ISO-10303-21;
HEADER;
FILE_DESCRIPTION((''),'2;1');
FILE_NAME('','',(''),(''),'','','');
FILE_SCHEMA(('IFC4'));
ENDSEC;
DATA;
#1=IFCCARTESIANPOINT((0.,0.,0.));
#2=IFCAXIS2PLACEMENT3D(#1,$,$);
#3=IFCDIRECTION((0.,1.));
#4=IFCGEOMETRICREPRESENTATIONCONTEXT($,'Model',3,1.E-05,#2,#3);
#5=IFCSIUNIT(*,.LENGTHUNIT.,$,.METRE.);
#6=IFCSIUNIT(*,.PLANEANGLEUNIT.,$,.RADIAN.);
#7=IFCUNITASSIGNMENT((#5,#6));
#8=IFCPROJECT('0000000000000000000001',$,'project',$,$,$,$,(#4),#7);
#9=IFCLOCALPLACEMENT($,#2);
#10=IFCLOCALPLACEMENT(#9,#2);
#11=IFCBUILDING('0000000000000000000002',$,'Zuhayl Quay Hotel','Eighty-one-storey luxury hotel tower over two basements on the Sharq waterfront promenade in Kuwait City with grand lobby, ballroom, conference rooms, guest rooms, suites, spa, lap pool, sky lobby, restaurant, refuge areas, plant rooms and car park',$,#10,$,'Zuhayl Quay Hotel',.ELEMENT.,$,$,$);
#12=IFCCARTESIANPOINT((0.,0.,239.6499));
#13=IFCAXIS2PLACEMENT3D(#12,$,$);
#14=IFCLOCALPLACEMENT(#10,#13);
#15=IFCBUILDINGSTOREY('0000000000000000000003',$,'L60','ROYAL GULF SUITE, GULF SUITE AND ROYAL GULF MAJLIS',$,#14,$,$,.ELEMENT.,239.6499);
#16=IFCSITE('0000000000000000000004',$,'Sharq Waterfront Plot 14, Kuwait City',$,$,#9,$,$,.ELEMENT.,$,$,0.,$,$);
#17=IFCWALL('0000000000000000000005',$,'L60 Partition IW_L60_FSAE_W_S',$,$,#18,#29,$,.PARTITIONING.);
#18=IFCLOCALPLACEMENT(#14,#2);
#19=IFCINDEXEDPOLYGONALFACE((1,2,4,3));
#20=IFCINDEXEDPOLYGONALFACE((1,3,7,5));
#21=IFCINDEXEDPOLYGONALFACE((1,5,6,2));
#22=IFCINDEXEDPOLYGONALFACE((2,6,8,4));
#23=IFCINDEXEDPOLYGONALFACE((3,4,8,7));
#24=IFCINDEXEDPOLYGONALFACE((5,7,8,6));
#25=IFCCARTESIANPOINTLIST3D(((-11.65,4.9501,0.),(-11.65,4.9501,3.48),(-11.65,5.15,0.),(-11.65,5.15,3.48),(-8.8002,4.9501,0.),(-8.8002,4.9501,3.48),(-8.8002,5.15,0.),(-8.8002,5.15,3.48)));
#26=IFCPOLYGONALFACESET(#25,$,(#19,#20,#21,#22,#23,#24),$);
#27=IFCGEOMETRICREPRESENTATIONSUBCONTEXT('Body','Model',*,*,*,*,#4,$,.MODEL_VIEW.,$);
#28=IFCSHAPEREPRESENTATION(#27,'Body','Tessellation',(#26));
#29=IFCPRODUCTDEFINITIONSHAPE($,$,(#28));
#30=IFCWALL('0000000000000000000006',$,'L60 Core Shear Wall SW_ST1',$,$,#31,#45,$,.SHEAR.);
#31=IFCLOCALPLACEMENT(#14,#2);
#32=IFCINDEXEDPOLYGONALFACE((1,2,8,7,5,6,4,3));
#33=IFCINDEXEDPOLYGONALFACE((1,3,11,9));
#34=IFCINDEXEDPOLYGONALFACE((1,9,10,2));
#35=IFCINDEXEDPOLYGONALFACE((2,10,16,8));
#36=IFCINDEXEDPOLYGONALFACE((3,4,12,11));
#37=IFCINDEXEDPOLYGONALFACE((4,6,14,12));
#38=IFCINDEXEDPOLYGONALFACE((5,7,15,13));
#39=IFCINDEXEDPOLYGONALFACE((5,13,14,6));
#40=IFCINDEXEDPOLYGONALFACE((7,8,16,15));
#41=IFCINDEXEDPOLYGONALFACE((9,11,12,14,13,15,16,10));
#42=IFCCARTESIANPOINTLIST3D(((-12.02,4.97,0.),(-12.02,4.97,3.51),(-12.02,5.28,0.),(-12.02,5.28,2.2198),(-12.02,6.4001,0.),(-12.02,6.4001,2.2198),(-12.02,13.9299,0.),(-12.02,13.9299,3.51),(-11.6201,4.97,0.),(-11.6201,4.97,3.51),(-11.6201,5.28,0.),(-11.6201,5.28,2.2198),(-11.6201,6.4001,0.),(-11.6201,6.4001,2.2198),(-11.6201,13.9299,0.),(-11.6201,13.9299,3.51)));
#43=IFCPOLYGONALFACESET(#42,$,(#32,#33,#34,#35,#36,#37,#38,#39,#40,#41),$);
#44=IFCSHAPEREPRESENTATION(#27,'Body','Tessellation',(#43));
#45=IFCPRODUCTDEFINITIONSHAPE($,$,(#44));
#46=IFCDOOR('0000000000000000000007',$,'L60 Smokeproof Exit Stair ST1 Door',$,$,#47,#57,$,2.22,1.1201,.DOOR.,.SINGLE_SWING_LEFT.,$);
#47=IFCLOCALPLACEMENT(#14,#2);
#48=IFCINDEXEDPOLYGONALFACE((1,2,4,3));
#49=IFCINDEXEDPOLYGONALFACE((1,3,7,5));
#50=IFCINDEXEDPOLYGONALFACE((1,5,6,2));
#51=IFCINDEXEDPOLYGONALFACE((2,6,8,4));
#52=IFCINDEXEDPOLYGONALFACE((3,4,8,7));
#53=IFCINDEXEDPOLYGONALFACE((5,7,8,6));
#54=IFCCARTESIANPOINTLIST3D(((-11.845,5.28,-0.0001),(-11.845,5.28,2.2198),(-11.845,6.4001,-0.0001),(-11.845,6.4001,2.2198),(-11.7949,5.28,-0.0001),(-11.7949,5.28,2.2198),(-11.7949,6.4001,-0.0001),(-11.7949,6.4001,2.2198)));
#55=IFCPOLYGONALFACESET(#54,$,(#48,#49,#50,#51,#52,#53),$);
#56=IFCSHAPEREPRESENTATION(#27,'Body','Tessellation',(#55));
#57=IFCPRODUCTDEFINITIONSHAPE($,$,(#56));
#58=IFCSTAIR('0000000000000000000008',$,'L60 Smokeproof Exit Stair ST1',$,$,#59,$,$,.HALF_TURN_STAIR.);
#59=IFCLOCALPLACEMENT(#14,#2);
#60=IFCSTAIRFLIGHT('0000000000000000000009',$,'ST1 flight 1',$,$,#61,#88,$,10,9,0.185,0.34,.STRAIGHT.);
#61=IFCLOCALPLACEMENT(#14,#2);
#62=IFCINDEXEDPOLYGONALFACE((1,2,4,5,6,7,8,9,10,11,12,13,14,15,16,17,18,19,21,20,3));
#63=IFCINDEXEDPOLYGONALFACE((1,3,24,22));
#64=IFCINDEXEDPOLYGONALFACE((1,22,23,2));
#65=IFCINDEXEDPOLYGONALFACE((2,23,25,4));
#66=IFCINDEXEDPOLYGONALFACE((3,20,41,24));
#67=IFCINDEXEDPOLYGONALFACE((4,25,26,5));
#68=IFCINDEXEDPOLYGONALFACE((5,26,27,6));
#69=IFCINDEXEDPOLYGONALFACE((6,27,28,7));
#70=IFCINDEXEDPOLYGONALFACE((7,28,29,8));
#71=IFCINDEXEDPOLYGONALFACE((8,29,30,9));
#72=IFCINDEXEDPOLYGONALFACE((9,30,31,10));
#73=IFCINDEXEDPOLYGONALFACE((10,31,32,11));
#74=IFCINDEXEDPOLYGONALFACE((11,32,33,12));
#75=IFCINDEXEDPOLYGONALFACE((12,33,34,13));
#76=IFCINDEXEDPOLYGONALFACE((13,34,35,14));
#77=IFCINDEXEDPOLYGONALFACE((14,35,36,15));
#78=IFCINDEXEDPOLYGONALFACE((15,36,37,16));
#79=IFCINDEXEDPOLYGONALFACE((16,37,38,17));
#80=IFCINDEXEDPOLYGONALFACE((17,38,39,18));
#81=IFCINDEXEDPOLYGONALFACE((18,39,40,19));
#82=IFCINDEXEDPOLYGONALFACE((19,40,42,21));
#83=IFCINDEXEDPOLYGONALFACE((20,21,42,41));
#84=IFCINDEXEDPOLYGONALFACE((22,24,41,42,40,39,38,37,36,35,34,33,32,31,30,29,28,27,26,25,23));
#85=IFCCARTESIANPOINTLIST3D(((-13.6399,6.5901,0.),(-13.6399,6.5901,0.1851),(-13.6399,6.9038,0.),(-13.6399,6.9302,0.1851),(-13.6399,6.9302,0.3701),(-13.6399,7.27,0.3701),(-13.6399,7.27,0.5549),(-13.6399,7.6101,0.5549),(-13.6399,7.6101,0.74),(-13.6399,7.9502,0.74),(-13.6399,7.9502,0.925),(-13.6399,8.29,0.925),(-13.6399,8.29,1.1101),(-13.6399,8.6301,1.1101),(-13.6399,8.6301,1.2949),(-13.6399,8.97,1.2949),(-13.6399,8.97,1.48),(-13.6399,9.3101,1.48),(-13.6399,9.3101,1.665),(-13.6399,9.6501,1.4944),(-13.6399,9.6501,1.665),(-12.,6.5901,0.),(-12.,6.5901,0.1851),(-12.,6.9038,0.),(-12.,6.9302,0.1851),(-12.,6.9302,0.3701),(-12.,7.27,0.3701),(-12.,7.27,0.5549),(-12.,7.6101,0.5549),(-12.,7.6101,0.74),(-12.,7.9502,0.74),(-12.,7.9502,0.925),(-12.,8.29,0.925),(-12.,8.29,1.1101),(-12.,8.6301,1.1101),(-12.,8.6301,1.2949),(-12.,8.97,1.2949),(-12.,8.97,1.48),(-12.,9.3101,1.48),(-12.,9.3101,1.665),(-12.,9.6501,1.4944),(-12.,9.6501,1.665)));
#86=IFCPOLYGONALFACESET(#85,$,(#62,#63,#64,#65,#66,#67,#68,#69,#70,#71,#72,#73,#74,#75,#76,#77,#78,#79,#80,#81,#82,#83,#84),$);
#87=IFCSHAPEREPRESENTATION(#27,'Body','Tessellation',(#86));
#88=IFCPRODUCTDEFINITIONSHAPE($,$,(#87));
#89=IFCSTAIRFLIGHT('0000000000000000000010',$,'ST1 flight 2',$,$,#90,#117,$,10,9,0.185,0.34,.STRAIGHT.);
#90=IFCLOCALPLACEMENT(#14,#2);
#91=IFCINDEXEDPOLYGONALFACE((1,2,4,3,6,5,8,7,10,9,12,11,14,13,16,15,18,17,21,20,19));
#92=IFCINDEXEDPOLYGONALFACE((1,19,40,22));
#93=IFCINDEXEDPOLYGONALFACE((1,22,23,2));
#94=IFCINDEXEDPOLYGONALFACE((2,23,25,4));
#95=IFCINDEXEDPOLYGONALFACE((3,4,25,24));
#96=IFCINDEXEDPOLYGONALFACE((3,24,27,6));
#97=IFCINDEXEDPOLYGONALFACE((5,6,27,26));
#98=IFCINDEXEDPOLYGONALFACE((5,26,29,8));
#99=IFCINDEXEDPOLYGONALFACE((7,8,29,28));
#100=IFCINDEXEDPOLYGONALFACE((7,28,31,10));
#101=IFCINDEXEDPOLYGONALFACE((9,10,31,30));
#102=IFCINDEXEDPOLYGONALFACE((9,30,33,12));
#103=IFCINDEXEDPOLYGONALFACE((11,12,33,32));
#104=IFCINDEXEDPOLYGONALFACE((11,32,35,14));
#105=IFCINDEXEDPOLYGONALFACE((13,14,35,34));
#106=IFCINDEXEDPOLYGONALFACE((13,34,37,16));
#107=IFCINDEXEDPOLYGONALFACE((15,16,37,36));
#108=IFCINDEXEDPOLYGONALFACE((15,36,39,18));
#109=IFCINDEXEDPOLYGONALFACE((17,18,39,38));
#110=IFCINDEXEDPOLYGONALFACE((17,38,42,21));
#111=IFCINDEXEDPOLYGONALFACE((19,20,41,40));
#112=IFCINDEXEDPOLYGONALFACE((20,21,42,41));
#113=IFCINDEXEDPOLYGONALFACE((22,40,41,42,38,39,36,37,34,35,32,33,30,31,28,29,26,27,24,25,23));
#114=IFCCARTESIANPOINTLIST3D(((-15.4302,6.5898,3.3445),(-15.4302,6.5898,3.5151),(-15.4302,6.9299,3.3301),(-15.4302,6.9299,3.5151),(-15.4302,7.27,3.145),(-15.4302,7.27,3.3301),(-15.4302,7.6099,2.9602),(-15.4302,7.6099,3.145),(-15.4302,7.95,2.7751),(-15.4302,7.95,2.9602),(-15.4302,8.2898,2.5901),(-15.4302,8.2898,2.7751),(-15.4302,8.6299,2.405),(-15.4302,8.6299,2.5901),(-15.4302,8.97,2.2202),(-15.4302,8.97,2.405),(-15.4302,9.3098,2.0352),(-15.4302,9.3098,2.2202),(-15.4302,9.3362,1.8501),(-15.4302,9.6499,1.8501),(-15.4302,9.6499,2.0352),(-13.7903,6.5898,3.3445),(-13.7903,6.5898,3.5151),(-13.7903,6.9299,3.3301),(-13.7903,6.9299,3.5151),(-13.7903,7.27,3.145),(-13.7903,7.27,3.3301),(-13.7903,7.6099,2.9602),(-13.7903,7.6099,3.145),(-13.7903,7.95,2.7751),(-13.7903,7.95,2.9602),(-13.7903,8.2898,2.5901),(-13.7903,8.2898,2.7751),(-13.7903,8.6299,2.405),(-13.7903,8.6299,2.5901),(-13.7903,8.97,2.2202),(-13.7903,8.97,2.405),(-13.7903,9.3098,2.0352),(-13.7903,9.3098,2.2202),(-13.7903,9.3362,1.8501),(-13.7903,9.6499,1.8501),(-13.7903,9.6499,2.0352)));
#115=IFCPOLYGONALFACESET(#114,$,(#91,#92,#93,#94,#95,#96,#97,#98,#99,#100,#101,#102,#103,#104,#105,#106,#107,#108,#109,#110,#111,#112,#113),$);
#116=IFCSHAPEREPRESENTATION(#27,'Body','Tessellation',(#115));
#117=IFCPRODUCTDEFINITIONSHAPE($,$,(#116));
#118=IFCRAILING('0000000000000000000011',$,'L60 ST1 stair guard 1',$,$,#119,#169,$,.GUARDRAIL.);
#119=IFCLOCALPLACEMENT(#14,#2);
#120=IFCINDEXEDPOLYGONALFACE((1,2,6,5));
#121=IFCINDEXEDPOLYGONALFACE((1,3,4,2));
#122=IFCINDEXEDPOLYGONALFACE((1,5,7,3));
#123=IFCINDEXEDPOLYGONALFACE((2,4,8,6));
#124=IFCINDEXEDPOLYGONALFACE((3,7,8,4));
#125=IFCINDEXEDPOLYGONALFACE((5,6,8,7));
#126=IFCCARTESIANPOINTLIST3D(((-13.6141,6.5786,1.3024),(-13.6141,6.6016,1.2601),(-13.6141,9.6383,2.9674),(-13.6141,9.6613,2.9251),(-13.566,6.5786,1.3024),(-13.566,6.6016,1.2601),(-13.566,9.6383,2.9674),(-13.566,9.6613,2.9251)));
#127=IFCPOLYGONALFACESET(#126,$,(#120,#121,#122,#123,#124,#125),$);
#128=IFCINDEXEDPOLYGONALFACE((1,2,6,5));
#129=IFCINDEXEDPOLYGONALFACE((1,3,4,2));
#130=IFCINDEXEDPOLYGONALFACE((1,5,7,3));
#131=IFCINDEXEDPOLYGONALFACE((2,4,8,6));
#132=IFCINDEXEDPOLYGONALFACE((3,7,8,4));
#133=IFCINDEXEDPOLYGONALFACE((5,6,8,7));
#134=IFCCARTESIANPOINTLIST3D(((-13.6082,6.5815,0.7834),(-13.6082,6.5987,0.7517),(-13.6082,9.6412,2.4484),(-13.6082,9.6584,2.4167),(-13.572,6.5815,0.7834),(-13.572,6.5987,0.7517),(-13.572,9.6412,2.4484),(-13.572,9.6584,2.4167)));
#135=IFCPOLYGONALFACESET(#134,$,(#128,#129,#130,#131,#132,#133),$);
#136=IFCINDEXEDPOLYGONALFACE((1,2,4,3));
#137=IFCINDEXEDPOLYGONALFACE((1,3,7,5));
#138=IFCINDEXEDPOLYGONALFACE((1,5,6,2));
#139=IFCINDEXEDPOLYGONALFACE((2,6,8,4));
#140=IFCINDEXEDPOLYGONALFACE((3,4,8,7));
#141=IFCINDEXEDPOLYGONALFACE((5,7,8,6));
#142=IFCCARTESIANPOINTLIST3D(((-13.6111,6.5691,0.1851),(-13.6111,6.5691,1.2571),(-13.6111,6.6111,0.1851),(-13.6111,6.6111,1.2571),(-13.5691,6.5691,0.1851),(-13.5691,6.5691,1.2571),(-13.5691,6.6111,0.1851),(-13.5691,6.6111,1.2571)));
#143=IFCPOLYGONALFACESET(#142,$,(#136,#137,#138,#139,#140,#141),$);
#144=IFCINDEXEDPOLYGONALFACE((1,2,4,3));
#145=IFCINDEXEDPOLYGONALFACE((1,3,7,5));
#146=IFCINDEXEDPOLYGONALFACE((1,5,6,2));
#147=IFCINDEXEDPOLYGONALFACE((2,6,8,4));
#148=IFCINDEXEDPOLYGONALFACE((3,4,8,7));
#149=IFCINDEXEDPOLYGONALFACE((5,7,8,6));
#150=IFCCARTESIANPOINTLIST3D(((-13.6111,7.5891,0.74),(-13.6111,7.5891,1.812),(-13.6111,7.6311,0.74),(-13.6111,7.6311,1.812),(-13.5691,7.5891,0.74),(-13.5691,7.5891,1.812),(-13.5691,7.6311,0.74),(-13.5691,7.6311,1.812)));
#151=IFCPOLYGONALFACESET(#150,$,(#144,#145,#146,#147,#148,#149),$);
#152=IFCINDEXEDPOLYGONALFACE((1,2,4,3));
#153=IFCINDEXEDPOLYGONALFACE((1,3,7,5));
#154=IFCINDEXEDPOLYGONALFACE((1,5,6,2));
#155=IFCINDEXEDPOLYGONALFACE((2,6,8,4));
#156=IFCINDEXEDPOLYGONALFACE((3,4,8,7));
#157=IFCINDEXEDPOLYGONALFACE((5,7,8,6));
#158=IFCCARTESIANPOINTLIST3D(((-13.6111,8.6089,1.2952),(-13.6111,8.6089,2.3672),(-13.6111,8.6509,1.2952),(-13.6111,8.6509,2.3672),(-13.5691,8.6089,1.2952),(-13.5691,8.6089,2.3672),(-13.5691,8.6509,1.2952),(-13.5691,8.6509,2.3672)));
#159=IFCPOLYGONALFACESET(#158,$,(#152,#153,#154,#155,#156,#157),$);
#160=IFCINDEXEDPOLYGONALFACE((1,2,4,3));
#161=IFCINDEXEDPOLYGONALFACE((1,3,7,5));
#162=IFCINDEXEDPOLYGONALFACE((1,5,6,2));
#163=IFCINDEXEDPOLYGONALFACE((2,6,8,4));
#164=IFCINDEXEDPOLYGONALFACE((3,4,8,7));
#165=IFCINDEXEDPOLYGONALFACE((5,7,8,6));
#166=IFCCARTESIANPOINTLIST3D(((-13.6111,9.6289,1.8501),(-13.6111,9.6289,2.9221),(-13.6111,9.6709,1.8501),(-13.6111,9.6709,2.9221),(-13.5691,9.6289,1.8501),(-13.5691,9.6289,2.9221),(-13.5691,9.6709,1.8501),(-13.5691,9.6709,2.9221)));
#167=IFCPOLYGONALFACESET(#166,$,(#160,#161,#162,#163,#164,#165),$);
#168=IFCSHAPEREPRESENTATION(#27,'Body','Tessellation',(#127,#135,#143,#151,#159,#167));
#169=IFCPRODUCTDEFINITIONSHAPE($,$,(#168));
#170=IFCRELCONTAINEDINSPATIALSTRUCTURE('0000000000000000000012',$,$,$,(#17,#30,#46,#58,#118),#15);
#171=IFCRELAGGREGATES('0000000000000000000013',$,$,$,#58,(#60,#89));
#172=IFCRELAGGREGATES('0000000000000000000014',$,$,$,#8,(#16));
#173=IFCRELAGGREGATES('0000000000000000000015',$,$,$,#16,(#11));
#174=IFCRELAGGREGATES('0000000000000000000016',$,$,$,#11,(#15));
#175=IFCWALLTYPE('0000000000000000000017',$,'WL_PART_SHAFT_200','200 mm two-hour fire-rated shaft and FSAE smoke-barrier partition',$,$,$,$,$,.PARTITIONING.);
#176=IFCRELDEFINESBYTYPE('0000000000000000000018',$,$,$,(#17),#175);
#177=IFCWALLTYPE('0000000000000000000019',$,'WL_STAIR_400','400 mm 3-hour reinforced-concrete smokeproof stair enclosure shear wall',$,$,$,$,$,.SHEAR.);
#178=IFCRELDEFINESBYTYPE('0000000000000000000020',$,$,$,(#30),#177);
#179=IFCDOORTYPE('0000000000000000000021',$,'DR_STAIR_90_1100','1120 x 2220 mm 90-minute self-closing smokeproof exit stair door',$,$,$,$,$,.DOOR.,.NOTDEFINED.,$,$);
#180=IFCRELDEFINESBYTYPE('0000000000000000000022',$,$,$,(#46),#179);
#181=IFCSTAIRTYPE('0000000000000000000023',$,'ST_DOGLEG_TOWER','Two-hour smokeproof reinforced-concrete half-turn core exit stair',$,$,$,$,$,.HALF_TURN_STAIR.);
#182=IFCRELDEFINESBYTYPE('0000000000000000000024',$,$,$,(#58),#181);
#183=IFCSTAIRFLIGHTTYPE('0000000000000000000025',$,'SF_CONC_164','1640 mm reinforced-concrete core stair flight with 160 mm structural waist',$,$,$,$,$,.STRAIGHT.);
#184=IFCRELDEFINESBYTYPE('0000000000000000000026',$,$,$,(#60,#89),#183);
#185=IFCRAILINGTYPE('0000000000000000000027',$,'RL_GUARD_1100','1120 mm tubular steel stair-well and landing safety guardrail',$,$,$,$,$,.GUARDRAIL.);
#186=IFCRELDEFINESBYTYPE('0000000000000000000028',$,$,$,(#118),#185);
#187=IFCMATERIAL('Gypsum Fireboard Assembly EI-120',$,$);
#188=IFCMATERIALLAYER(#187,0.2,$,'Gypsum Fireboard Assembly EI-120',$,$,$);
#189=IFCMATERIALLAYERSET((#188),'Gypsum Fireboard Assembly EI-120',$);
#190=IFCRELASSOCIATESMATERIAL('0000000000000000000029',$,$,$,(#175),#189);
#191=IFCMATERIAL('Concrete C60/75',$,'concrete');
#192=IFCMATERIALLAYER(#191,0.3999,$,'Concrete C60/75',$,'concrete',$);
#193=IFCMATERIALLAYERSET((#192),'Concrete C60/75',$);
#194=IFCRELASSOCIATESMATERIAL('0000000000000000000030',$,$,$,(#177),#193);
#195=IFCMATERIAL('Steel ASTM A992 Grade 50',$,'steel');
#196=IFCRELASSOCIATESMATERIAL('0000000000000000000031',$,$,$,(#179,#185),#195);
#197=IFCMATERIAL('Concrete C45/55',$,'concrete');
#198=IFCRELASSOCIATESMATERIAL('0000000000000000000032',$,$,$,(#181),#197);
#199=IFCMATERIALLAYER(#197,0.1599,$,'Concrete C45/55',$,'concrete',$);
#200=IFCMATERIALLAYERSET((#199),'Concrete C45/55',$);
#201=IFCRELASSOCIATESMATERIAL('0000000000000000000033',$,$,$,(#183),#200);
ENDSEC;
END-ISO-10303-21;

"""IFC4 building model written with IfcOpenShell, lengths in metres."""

from ifc_helpers import new_model, si_unit, direction, frame, frame_2d, origin, origin_2d, place, context, subcontext, project, spatial, polyline, rectangle, outline, extrude, material, layer, layer_set, type_object, element, fill, aggregate, save


model = new_model("IFC4")

# Units and contexts
model_context = context("Model", 3, precision=1e-05, world=origin(), true_north=direction((0.0, 1.0)))
body_context = subcontext(model_context, "Body", "Model", "MODEL_VIEW")
ifc_project = project(units=[si_unit("LENGTHUNIT", "METRE"), si_unit("PLANEANGLEUNIT", "RADIAN")], contexts=[model_context])

# Site, building, storey
site_placement = place(None, origin())
site = spatial("IfcSite", under=ifc_project, at=site_placement, Name="Sharq Waterfront Plot 14, Kuwait City", CompositionType="ELEMENT", RefElevation=0.0)
building_placement = place(site_placement, origin())
building = spatial("IfcBuilding", under=site, at=building_placement, Name="Zuhayl Quay Hotel", Description="Eighty-one-storey luxury hotel tower over two basements on the Sharq waterfront promenade in Kuwait City with grand lobby, ballroom, conference rooms, guest rooms, suites, spa, lap pool, sky lobby, restaurant, refuge areas, plant rooms and car park", LongName="Zuhayl Quay Hotel", CompositionType="ELEMENT")
storey_placement = place(building_placement, frame((0.0, 0.0, 239.6499)))
storey = spatial("IfcBuildingStorey", under=building, at=storey_placement, Name="L60", Description="ROYAL GULF SUITE, GULF SUITE AND ROYAL GULF MAJLIS", CompositionType="ELEMENT", Elevation=239.6499)

# Wall
ifc_material_1 = material(Name="Gypsum Fireboard Assembly EI-120")
ifc_layer_1 = layer(ifc_material_1, 0.2, Name="Gypsum Fireboard Assembly EI-120")
ifc_layer_set_1 = layer_set([ifc_layer_1], Name="Gypsum Fireboard Assembly EI-120")
wall_type_1 = type_object("IfcWallType", Name="WL_PART_SHAFT_200", Description="200 mm two-hour fire-rated shaft and FSAE smoke-barrier partition", PredefinedType="PARTITIONING", material=ifc_layer_set_1)
wall_1_placement = place(storey_placement, frame((-11.6499, 5.05, 0.0), z_axis=(0.0, 0.0, 1.0), x_axis=(1.0, 0.0, 0.0)))
element("IfcWall", 1, at=wall_1_placement, inside=storey, type_object=wall_type_1, Name="L60 Partition IW_L60_FSAE_W_S", PredefinedType="PARTITIONING", context=body_context, shape_type="SweptSolid", body=[
    extrude(rectangle(XDim=2.8499, YDim=0.2, at=frame_2d((1.4248, 0.0))), origin(), (0.0, 0.0, 1.0), 3.48),
])

# Wall, opening, door
ifc_material_2 = material(Name="Concrete C60/75", Category="concrete")
ifc_layer_2 = layer(ifc_material_2, 0.3999, Name="Concrete C60/75", Category="concrete")
ifc_layer_set_2 = layer_set([ifc_layer_2], Name="Concrete C60/75")
wall_type_2 = type_object("IfcWallType", Name="WL_STAIR_400", Description="400 mm 3-hour reinforced-concrete smokeproof stair enclosure shear wall", PredefinedType="SHEAR", material=ifc_layer_set_2)
wall_2_placement = place(storey_placement, frame((-11.8201, 4.97, 0.0), z_axis=(0.0, 0.0, 1.0), x_axis=(0.0, 1.0, 0.0)))
wall_2 = element("IfcWall", 2, at=wall_2_placement, inside=storey, type_object=wall_type_2, Name="L60 Core Shear Wall SW_ST1", PredefinedType="SHEAR", context=body_context, shape_type="SweptSolid", body=[
    extrude(rectangle(XDim=8.96, YDim=0.3999, at=frame_2d((4.48, 0.0))), origin(), (0.0, 0.0, 1.0), 3.51),
])
opening_1_placement = place(wall_2_placement, frame((0.3101, 0.0, 0.0)))
opening_1 = element("IfcOpeningElement", 3, at=opening_1_placement, cuts=wall_2, PredefinedType="OPENING", context=body_context, shape_type="SweptSolid", body=[
    extrude(rectangle(XDim=1.1201, YDim=2.22, at=frame_2d((0.5601, 1.1099))), frame((0.0, 0.21, 0.0), z_axis=(0.0, -1.0, 0.0), x_axis=(1.0, 0.0, 0.0)), (0.0, 0.0, 1.0), 0.4199),
])
ifc_material_3 = material(Name="Steel ASTM A992 Grade 50", Category="steel")
door_type_1 = type_object("IfcDoorType", Name="DR_STAIR_90_1100", Description="1120 x 2220 mm 90-minute self-closing smokeproof exit stair door", OperationType="NOTDEFINED", PredefinedType="DOOR", material=ifc_material_3)
door_1_placement = place(opening_1_placement, origin())
door_1 = element("IfcDoor", 4, at=door_1_placement, inside=storey, type_object=door_type_1, Name="L60 Smokeproof Exit Stair ST1 Door", OperationType="SINGLE_SWING_LEFT", OverallHeight=2.22, OverallWidth=1.1201, PredefinedType="DOOR", context=body_context, shape_type="SweptSolid", body=[
    extrude(rectangle(XDim=1.1201, YDim=2.22, at=frame_2d((0.5601, 1.1099))), frame((0.0, 0.0249, 0.0), z_axis=(0.0, -1.0, 0.0), x_axis=(1.0, 0.0, 0.0)), (0.0, 0.0, 1.0), 0.05),
])
fill(opening_1, door_1)

# Stair, stair flights
ifc_material_4 = material(Name="Concrete C45/55", Category="concrete")
stair_type = type_object("IfcStairType", Name="ST_DOGLEG_TOWER", Description="Two-hour smokeproof reinforced-concrete half-turn core exit stair", PredefinedType="HALF_TURN_STAIR", material=ifc_material_4)
stair_placement = place(storey_placement, origin())
stair = element("IfcStair", 5, at=stair_placement, inside=storey, type_object=stair_type, Name="L60 Smokeproof Exit Stair ST1", PredefinedType="HALF_TURN_STAIR")
ifc_layer_3 = layer(ifc_material_4, 0.1599, Name="Concrete C45/55", Category="concrete")
ifc_layer_set_3 = layer_set([ifc_layer_3], Name="Concrete C45/55")
stair_flight_type = type_object("IfcStairFlightType", Name="SF_CONC_164", Description="1640 mm reinforced-concrete core stair flight with 160 mm structural waist", PredefinedType="STRAIGHT", material=ifc_layer_set_3)
stair_flight_1_placement = place(storey_placement, frame((-12.8201, 6.5901, 0.0), z_axis=(0.0, 0.0, 1.0), x_axis=(0.0, 1.0, 0.0)))
stair_flight_1 = element("IfcStairFlight", 6, at=stair_flight_1_placement, type_object=stair_flight_type, Name="ST1 flight 1", NumberOfRisers=10, NumberOfTreads=9, PredefinedType="STRAIGHT", RiserHeight=0.185, TreadLength=0.34, context=body_context, shape_type="SweptSolid", body=[
    extrude(outline(polyline([(0.0, 0.0), (0.0, 0.1851), (0.3401, 0.1851), (0.3401, 0.3701), (0.6799, 0.3701), (0.6799, 0.5549), (1.02, 0.5549), (1.02, 0.74), (1.3601, 0.74), (1.3601, 0.925), (1.7, 0.925), (1.7, 1.1101), (2.04, 1.1101), (2.04, 1.2949), (2.3799, 1.2949), (2.3799, 1.48), (2.72, 1.48), (2.72, 1.665), (3.0601, 1.665), (3.0601, 1.8501), (3.0601, 1.4944), (0.3137, 0.0), (0.0, 0.0)])), frame((0.0, 0.8198, 0.0), z_axis=(0.0, -1.0, 0.0), x_axis=(1.0, 0.0, 0.0)), (0.0, 0.0, 1.0), 1.6399),
])
stair_flight_2_placement = place(storey_placement, frame((-14.6101, 9.6499, 1.8501), z_axis=(0.0, 0.0, 1.0), x_axis=(0.0, -1.0, 0.0)))
stair_flight_2 = element("IfcStairFlight", 7, at=stair_flight_2_placement, type_object=stair_flight_type, Name="ST1 flight 2", NumberOfRisers=10, NumberOfTreads=9, PredefinedType="STRAIGHT", RiserHeight=0.185, TreadLength=0.34, context=body_context, shape_type="SweptSolid", body=[
    extrude(outline(polyline([(0.0, 0.0), (0.0, 0.1851), (0.3401, 0.1851), (0.3401, 0.3701), (0.6799, 0.3701), (0.6799, 0.5549), (1.02, 0.5549), (1.02, 0.74), (1.3601, 0.74), (1.3601, 0.925), (1.7, 0.925), (1.7, 1.1101), (2.04, 1.1101), (2.04, 1.2949), (2.3799, 1.2949), (2.3799, 1.48), (2.72, 1.48), (2.72, 1.665), (3.0601, 1.665), (3.0601, 1.8501), (3.0601, 1.4944), (0.3137, 0.0), (0.0, 0.0)])), frame((0.0, 0.8198, 0.0), z_axis=(0.0, -1.0, 0.0), x_axis=(1.0, 0.0, 0.0)), (0.0, 0.0, 1.0), 1.6399),
])
aggregate(stair, [stair_flight_1, stair_flight_2])

# Railing
railing_type_1 = type_object("IfcRailingType", Name="RL_GUARD_1100", Description="1120 mm tubular steel stair-well and landing safety guardrail", PredefinedType="GUARDRAIL", material=ifc_material_3)
railing_1_placement = place(storey_placement, frame((-13.5901, 6.5901, 0.1851)))
element("IfcRailing", 8, at=railing_1_placement, inside=storey, type_object=railing_type_1, Name="L60 ST1 stair guard 1", PredefinedType="GUARDRAIL", context=body_context, shape_type="SweptSolid", body=[
    extrude(rectangle(XDim=0.0481, YDim=0.0481, at=origin_2d()), frame((0.0, 0.0, 1.0962), z_axis=(0.0, 0.878372, 0.477978), x_axis=(-1.0, 0.0, 0.0)), (0.0, 0.0, 1.0), 3.4834),
    extrude(rectangle(XDim=0.0361, YDim=0.0361, at=origin_2d()), frame((0.0, 0.0, 0.5825), z_axis=(0.0, 0.878372, 0.477978), x_axis=(-1.0, 0.0, 0.0)), (0.0, 0.0, 1.0), 3.4834),
    extrude(rectangle(XDim=0.042, YDim=0.042, at=origin_2d()), origin(), (0.0, 0.0, 1.0), 1.072),
    extrude(rectangle(XDim=0.042, YDim=0.042, at=origin_2d()), frame((0.0, 1.02, 0.5549)), (0.0, 0.0, 1.0), 1.072),
    extrude(rectangle(XDim=0.042, YDim=0.042, at=origin_2d()), frame((0.0, 2.0398, 1.1101)), (0.0, 0.0, 1.0), 1.072),
    extrude(rectangle(XDim=0.042, YDim=0.042, at=origin_2d()), frame((0.0, 3.0598, 1.665)), (0.0, 0.0, 1.0), 1.072),
])

save(model, "model.ifc")
